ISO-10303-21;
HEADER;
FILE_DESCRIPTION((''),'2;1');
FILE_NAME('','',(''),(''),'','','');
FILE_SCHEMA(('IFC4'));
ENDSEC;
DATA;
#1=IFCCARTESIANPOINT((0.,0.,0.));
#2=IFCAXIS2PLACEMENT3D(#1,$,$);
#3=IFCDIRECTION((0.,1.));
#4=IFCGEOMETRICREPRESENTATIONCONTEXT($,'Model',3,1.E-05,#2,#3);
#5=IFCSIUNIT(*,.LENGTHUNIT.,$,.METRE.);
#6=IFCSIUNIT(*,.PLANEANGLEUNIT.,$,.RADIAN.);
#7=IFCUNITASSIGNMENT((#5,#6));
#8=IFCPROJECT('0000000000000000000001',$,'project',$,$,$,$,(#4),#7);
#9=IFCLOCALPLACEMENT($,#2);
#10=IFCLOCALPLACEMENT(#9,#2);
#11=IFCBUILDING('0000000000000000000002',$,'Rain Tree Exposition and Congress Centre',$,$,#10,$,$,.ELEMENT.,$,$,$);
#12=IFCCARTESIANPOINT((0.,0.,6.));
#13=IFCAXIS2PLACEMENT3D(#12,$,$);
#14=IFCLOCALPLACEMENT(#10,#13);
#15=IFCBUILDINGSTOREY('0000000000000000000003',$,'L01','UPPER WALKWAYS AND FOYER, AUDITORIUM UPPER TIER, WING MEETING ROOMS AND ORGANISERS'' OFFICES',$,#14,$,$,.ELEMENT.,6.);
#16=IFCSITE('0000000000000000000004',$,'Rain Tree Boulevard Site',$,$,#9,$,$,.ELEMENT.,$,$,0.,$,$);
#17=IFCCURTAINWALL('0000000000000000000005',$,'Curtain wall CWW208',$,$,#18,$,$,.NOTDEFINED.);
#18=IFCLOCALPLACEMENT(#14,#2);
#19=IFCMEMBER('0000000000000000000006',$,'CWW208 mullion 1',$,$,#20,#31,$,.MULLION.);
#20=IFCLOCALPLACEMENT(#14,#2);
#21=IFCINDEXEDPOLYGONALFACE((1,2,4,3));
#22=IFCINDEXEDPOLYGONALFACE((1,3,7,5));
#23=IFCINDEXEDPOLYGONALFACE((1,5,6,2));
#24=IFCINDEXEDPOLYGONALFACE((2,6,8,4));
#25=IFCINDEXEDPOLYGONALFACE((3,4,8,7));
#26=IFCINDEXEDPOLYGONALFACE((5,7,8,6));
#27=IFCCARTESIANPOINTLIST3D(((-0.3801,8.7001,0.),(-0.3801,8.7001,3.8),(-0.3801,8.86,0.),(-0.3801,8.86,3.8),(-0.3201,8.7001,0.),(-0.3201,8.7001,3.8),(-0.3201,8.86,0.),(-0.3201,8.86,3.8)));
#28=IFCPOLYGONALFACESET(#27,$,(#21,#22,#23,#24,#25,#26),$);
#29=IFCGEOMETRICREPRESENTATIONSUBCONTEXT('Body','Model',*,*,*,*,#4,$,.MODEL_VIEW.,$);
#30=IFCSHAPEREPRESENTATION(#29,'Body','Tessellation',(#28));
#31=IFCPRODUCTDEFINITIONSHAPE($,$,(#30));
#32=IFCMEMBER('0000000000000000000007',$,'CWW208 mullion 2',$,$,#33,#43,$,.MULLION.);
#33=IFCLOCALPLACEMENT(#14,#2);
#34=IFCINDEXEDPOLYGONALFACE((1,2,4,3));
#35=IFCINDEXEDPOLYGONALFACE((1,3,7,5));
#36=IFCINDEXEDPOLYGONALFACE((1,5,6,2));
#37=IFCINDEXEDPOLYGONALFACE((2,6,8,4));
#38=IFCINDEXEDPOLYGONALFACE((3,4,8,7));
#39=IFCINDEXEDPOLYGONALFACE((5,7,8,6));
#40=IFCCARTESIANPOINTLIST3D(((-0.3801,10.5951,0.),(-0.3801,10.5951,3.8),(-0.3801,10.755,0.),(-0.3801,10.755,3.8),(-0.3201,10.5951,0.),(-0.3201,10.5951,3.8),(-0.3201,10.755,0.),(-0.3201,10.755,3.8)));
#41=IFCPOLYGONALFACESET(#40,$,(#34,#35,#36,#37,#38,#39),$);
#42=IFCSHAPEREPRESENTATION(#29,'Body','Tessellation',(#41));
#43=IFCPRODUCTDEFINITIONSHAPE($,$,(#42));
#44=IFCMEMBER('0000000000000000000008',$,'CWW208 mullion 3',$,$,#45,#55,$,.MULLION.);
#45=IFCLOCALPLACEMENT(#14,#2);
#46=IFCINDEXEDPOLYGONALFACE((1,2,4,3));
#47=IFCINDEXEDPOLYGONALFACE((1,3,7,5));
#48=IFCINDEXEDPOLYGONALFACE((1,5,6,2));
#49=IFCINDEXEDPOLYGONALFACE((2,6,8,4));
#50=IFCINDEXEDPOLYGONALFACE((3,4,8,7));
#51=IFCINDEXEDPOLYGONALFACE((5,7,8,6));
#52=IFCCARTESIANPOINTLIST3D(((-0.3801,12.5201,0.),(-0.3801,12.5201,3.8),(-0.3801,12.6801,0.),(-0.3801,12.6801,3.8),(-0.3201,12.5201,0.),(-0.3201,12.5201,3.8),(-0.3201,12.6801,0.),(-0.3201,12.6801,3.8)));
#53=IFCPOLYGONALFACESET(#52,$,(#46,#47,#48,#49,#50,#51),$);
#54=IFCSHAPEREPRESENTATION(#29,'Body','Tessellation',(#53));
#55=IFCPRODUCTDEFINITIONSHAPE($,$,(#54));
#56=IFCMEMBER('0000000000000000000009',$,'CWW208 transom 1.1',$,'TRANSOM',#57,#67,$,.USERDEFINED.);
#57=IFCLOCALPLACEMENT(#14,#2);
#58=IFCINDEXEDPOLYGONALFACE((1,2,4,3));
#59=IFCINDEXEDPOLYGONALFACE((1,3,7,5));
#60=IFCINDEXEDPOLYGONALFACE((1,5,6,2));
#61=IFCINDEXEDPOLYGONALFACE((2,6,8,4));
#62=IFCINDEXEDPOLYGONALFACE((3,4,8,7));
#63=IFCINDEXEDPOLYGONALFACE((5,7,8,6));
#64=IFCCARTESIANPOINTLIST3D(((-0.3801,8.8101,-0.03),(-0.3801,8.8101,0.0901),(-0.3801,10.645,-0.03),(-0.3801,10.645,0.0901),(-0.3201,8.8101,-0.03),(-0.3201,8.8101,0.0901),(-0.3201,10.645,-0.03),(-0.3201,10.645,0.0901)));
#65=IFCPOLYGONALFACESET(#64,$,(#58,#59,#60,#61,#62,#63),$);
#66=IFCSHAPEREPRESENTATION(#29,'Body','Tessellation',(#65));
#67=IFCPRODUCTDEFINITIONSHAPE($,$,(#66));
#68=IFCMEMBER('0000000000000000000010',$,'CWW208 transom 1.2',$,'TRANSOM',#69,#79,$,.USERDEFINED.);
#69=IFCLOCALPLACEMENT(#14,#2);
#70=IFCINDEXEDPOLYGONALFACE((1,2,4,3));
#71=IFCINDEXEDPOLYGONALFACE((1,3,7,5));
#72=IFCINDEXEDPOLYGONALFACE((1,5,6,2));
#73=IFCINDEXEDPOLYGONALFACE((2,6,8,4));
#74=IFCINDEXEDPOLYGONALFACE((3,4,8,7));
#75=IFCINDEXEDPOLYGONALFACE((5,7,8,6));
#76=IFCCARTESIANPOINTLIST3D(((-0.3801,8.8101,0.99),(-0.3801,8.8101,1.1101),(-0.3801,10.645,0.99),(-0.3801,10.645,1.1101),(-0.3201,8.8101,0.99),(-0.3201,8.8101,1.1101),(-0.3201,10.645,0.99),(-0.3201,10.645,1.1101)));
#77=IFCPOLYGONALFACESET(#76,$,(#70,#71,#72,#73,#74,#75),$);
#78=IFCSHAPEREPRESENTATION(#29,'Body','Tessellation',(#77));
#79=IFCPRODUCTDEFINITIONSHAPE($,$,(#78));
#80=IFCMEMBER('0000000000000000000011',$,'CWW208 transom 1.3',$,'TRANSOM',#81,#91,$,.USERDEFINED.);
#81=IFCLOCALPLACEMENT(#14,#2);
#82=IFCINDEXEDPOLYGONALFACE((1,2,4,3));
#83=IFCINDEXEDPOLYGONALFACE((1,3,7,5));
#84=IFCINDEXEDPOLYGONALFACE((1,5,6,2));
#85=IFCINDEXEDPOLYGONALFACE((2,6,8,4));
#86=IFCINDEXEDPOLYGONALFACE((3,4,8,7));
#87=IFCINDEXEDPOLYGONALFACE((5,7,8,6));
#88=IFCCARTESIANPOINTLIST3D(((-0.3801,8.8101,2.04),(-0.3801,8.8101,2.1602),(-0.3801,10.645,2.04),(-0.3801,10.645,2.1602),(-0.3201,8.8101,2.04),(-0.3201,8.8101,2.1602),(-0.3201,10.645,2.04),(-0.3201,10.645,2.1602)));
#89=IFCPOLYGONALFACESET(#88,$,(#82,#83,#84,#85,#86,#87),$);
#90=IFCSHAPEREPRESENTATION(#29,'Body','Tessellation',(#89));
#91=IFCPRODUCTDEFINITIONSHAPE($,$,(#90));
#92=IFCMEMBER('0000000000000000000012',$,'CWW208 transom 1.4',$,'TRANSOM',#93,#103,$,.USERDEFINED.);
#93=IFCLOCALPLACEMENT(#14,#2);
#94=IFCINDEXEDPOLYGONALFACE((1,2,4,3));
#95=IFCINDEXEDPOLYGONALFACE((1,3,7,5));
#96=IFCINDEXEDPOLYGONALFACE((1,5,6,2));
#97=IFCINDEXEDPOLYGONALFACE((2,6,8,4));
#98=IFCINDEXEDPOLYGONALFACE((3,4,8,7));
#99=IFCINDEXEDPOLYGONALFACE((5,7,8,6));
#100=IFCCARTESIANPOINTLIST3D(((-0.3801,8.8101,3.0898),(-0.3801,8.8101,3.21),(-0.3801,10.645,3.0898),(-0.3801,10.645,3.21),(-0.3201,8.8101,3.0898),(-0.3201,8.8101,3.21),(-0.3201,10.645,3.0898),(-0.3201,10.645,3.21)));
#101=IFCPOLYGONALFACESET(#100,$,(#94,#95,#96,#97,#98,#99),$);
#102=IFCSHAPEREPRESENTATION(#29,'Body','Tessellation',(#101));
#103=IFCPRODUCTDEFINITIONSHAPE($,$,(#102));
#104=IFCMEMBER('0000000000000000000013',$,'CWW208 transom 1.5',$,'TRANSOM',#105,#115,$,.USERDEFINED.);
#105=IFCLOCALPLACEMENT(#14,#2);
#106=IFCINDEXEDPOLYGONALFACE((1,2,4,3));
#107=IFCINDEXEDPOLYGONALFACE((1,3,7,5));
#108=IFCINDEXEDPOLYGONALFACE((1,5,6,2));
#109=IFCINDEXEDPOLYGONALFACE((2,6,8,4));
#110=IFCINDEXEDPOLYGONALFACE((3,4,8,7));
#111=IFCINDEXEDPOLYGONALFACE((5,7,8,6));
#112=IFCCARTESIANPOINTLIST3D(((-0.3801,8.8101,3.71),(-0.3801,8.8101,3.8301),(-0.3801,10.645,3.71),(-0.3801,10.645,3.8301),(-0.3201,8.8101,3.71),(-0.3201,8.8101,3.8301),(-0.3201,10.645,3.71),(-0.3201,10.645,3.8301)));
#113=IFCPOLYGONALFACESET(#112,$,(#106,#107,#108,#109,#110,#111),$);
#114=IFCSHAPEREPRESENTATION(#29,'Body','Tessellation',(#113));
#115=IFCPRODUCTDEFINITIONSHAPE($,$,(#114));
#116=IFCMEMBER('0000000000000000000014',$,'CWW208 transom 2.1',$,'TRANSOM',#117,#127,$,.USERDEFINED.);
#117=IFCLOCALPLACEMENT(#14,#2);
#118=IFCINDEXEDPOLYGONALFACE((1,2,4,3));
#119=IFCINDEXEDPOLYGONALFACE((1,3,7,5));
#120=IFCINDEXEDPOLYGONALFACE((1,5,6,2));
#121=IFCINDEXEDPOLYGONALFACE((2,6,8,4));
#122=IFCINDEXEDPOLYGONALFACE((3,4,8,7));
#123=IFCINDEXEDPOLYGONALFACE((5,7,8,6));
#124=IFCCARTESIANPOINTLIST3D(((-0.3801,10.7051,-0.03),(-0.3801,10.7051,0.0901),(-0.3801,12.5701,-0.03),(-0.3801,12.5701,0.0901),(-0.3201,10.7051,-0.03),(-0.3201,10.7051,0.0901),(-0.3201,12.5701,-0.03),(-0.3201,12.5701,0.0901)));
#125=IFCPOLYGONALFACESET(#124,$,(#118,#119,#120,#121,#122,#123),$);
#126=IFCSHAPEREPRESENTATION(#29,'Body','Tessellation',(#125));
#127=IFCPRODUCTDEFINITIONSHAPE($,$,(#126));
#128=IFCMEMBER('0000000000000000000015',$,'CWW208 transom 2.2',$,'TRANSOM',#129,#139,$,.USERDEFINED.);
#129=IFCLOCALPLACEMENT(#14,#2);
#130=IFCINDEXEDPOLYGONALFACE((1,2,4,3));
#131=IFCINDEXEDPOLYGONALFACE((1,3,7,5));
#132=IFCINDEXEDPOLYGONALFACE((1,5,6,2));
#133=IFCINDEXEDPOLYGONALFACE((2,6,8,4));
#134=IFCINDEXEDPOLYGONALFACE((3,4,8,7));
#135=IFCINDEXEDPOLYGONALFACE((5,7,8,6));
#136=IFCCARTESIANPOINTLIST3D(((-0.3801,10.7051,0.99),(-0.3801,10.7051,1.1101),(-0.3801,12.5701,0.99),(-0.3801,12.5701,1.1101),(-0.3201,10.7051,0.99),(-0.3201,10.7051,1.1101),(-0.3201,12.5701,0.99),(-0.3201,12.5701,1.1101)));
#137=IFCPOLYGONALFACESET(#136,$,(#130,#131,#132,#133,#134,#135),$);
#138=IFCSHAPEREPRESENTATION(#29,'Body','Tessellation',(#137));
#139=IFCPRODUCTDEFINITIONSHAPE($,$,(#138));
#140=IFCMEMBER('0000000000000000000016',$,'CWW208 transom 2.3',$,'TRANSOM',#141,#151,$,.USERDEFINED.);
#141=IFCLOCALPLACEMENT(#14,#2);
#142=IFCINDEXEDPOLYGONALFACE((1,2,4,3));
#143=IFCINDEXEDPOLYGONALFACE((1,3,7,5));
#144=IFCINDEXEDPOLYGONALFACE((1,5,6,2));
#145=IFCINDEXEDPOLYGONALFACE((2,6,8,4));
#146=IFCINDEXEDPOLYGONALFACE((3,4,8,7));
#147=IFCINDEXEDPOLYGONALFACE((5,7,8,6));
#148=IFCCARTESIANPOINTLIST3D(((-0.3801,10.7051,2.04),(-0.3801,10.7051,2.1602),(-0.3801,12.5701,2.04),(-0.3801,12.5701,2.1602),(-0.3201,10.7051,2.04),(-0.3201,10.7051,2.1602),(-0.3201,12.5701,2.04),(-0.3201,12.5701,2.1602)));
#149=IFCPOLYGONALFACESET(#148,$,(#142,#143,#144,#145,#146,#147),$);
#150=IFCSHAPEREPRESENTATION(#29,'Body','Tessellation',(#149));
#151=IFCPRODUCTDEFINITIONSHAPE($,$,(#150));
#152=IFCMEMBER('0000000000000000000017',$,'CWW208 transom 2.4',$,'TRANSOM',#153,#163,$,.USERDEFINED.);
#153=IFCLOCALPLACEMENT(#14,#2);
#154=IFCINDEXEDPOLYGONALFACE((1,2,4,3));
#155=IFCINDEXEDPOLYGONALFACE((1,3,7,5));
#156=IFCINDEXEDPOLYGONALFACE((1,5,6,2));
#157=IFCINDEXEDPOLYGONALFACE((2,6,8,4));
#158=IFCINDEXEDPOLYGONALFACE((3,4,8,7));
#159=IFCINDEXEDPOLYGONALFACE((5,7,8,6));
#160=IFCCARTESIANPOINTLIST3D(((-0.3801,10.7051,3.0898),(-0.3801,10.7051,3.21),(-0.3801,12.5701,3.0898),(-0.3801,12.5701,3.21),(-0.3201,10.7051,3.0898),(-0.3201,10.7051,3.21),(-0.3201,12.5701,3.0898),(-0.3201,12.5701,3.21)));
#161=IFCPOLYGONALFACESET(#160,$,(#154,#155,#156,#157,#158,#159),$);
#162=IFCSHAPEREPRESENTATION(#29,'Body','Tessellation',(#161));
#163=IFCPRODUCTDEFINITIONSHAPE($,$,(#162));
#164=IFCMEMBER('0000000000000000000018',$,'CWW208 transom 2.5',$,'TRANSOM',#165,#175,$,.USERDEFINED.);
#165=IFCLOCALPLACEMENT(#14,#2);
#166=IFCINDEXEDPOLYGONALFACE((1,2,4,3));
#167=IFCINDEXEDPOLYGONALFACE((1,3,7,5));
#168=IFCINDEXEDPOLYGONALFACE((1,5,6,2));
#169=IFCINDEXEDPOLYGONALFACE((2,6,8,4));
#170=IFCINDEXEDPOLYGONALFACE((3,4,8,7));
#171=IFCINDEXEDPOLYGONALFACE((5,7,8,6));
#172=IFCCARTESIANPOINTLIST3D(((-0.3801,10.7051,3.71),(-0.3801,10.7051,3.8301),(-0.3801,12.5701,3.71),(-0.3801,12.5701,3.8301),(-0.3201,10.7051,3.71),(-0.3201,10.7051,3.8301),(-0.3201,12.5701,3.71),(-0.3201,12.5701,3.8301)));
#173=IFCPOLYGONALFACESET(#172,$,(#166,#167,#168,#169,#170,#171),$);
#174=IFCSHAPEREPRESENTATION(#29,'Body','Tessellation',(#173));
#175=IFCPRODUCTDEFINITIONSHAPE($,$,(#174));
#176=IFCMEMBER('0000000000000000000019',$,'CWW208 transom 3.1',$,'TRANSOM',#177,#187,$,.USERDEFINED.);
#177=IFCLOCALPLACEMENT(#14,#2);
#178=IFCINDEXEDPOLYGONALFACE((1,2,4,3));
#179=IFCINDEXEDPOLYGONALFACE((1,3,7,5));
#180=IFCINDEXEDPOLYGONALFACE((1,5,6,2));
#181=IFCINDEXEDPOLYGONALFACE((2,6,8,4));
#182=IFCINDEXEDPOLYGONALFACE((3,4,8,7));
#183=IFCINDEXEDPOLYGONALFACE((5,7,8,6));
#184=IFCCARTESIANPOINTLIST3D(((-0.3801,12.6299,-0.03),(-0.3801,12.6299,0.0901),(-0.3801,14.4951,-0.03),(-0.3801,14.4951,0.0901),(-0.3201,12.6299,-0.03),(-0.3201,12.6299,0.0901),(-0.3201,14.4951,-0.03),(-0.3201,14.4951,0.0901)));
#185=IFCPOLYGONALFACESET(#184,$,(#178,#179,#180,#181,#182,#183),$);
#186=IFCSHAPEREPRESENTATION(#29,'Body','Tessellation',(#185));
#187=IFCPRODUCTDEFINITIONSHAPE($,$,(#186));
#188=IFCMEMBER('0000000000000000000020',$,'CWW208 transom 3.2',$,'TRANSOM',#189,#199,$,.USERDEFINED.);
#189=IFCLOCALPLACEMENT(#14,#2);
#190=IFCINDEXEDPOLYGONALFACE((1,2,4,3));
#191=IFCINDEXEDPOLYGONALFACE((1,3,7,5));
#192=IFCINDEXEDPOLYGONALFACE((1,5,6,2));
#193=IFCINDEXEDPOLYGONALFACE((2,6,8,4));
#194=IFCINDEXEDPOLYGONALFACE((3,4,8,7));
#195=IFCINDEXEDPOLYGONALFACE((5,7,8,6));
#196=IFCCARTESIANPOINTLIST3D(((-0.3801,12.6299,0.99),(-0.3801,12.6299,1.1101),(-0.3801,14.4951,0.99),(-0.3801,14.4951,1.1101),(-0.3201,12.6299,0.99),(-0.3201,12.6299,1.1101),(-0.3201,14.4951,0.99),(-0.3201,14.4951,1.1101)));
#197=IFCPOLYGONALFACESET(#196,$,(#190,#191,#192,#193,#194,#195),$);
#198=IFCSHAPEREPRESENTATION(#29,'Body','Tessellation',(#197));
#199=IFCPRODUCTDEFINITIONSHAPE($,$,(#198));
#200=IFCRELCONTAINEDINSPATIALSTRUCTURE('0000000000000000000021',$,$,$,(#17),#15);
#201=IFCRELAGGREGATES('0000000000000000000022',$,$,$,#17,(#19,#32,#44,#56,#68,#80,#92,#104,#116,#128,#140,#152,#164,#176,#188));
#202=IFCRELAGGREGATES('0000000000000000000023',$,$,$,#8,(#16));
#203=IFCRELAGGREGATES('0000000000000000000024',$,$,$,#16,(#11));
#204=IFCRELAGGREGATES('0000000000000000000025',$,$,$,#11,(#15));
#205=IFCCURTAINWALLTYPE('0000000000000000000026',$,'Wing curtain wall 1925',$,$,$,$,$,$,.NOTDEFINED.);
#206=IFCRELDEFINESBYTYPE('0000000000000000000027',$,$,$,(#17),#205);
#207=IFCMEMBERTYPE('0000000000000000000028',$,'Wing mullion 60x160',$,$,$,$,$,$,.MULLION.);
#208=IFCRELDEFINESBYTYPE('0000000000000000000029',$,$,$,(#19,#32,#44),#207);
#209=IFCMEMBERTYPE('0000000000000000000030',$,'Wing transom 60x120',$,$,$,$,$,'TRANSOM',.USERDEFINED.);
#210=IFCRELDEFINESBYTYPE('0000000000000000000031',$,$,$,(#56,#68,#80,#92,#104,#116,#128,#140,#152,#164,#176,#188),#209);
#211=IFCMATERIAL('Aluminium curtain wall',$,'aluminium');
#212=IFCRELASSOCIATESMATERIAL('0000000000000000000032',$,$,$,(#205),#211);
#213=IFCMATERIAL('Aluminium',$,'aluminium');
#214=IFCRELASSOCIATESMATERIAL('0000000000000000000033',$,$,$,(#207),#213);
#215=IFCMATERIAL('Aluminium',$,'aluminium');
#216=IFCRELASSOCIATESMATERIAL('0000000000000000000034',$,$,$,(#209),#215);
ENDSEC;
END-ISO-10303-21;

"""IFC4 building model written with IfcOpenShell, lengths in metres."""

from ifc_helpers import new_model, si_unit, direction, frame, origin, origin_2d, place, context, subcontext, project, spatial, rectangle, extrude, material, material_profile, profile_set, type_object, element, aggregate, save


model = new_model("IFC4")

# Units and contexts
model_context = context("Model", 3, precision=1e-05, world=origin(), true_north=direction((0.0, 1.0)))
body_context = subcontext(model_context, "Body", "Model", "MODEL_VIEW")
ifc_project = project(units=[si_unit("LENGTHUNIT", "METRE"), si_unit("PLANEANGLEUNIT", "RADIAN")], contexts=[model_context])

# Site, building, storey
site_placement = place(None, origin())
site = spatial("IfcSite", under=ifc_project, at=site_placement, Name="Rain Tree Boulevard Site", CompositionType="ELEMENT", RefElevation=0.0)
building_placement = place(site_placement, origin())
building = spatial("IfcBuilding", under=site, at=building_placement, Name="Rain Tree Exposition and Congress Centre", CompositionType="ELEMENT")
storey_placement = place(building_placement, frame((0.0, 0.0, 6.0)))
storey = spatial("IfcBuildingStorey", under=building, at=storey_placement, Name="L01", Description="UPPER WALKWAYS AND FOYER, AUDITORIUM UPPER TIER, WING MEETING ROOMS AND ORGANISERS' OFFICES", CompositionType="ELEMENT", Elevation=6.0)

# Curtain wall, members
ifc_material_1 = material(Name="Aluminium curtain wall", Category="aluminium")
curtain_wall_type = type_object("IfcCurtainWallType", Name="Wing curtain wall 1925", PredefinedType="NOTDEFINED", material=ifc_material_1)
curtain_wall_placement = place(storey_placement, origin())
curtain_wall = element("IfcCurtainWall", 1, at=curtain_wall_placement, inside=storey, type_object=curtain_wall_type, Name="Curtain wall CWW208", PredefinedType="NOTDEFINED")
ifc_material_2 = material(Name="Aluminium", Category="aluminium")
ifc_material_profile_1 = material_profile(ifc_material_2, rectangle(XDim=0.0601, YDim=0.1599, at=origin_2d()), Name="Aluminium 60x160")
ifc_profile_set_1 = profile_set([ifc_material_profile_1], Name="Aluminium")
member_type_1 = type_object("IfcMemberType", Name="Wing mullion 60x160", PredefinedType="MULLION", material=ifc_profile_set_1)
member_1_placement = place(storey_placement, frame((-0.3501, 8.78, 0.0), z_axis=(0.0, 0.0, 1.0), x_axis=(-1.0, 0.0, 0.0)))
member_1 = element("IfcMember", 2, at=member_1_placement, type_object=member_type_1, Name="CWW208 mullion 1", PredefinedType="MULLION", context=body_context, shape_type="SweptSolid", body=[
    extrude(rectangle(XDim=0.0601, YDim=0.1599, at=origin_2d()), origin(), (0.0, 0.0, 1.0), 3.8),
])
member_2_placement = place(storey_placement, frame((-0.3501, 10.675, 0.0), z_axis=(0.0, 0.0, 1.0), x_axis=(-1.0, 0.0, 0.0)))
member_2 = element("IfcMember", 3, at=member_2_placement, type_object=member_type_1, Name="CWW208 mullion 2", PredefinedType="MULLION", context=body_context, shape_type="SweptSolid", body=[
    extrude(rectangle(XDim=0.0601, YDim=0.1599, at=origin_2d()), origin(), (0.0, 0.0, 1.0), 3.8),
])
member_3_placement = place(storey_placement, frame((-0.3501, 12.6001, 0.0), z_axis=(0.0, 0.0, 1.0), x_axis=(-1.0, 0.0, 0.0)))
member_3 = element("IfcMember", 4, at=member_3_placement, type_object=member_type_1, Name="CWW208 mullion 3", PredefinedType="MULLION", context=body_context, shape_type="SweptSolid", body=[
    extrude(rectangle(XDim=0.0601, YDim=0.1599, at=origin_2d()), origin(), (0.0, 0.0, 1.0), 3.8),
])
ifc_material_3 = material(Name="Aluminium", Category="aluminium")
ifc_material_profile_2 = material_profile(ifc_material_3, rectangle(XDim=0.0601, YDim=0.1201, at=origin_2d()), Name="Aluminium 60x120")
ifc_profile_set_2 = profile_set([ifc_material_profile_2], Name="Aluminium")
member_type_2 = type_object("IfcMemberType", Name="Wing transom 60x120", ElementType="TRANSOM", PredefinedType="USERDEFINED", material=ifc_profile_set_2)
member_4_placement = place(storey_placement, frame((-0.3501, 8.8101, 0.03), z_axis=(0.0, 1.0, 0.0), x_axis=(-1.0, 0.0, 0.0)))
member_4 = element("IfcMember", 5, at=member_4_placement, type_object=member_type_2, Name="CWW208 transom 1.1", ObjectType="TRANSOM", PredefinedType="USERDEFINED", context=body_context, shape_type="SweptSolid", body=[
    extrude(rectangle(XDim=0.0601, YDim=0.1201, at=origin_2d()), origin(), (0.0, 0.0, 1.0), 1.835),
])
member_5_placement = place(storey_placement, frame((-0.3501, 8.8101, 1.05), z_axis=(0.0, 1.0, 0.0), x_axis=(-1.0, 0.0, 0.0)))
member_5 = element("IfcMember", 6, at=member_5_placement, type_object=member_type_2, Name="CWW208 transom 1.2", ObjectType="TRANSOM", PredefinedType="USERDEFINED", context=body_context, shape_type="SweptSolid", body=[
    extrude(rectangle(XDim=0.0601, YDim=0.1201, at=origin_2d()), origin(), (0.0, 0.0, 1.0), 1.835),
])
member_6_placement = place(storey_placement, frame((-0.3501, 8.8101, 2.1001), z_axis=(0.0, 1.0, 0.0), x_axis=(-1.0, 0.0, 0.0)))
member_6 = element("IfcMember", 7, at=member_6_placement, type_object=member_type_2, Name="CWW208 transom 1.3", ObjectType="TRANSOM", PredefinedType="USERDEFINED", context=body_context, shape_type="SweptSolid", body=[
    extrude(rectangle(XDim=0.0601, YDim=0.1201, at=origin_2d()), origin(), (0.0, 0.0, 1.0), 1.835),
])
member_7_placement = place(storey_placement, frame((-0.3501, 8.8101, 3.1499), z_axis=(0.0, 1.0, 0.0), x_axis=(-1.0, 0.0, 0.0)))
member_7 = element("IfcMember", 8, at=member_7_placement, type_object=member_type_2, Name="CWW208 transom 1.4", ObjectType="TRANSOM", PredefinedType="USERDEFINED", context=body_context, shape_type="SweptSolid", body=[
    extrude(rectangle(XDim=0.0601, YDim=0.1201, at=origin_2d()), origin(), (0.0, 0.0, 1.0), 1.835),
])
member_8_placement = place(storey_placement, frame((-0.3501, 8.8101, 3.77), z_axis=(0.0, 1.0, 0.0), x_axis=(-1.0, 0.0, 0.0)))
member_8 = element("IfcMember", 9, at=member_8_placement, type_object=member_type_2, Name="CWW208 transom 1.5", ObjectType="TRANSOM", PredefinedType="USERDEFINED", context=body_context, shape_type="SweptSolid", body=[
    extrude(rectangle(XDim=0.0601, YDim=0.1201, at=origin_2d()), origin(), (0.0, 0.0, 1.0), 1.835),
])
member_9_placement = place(storey_placement, frame((-0.3501, 10.7051, 0.03), z_axis=(0.0, 1.0, 0.0), x_axis=(-1.0, 0.0, 0.0)))
member_9 = element("IfcMember", 10, at=member_9_placement, type_object=member_type_2, Name="CWW208 transom 2.1", ObjectType="TRANSOM", PredefinedType="USERDEFINED", context=body_context, shape_type="SweptSolid", body=[
    extrude(rectangle(XDim=0.0601, YDim=0.1201, at=origin_2d()), origin(), (0.0, 0.0, 1.0), 1.865),
])
member_10_placement = place(storey_placement, frame((-0.3501, 10.7051, 1.05), z_axis=(0.0, 1.0, 0.0), x_axis=(-1.0, 0.0, 0.0)))
member_10 = element("IfcMember", 11, at=member_10_placement, type_object=member_type_2, Name="CWW208 transom 2.2", ObjectType="TRANSOM", PredefinedType="USERDEFINED", context=body_context, shape_type="SweptSolid", body=[
    extrude(rectangle(XDim=0.0601, YDim=0.1201, at=origin_2d()), origin(), (0.0, 0.0, 1.0), 1.865),
])
member_11_placement = place(storey_placement, frame((-0.3501, 10.7051, 2.1001), z_axis=(0.0, 1.0, 0.0), x_axis=(-1.0, 0.0, 0.0)))
member_11 = element("IfcMember", 12, at=member_11_placement, type_object=member_type_2, Name="CWW208 transom 2.3", ObjectType="TRANSOM", PredefinedType="USERDEFINED", context=body_context, shape_type="SweptSolid", body=[
    extrude(rectangle(XDim=0.0601, YDim=0.1201, at=origin_2d()), origin(), (0.0, 0.0, 1.0), 1.865),
])
member_12_placement = place(storey_placement, frame((-0.3501, 10.7051, 3.1499), z_axis=(0.0, 1.0, 0.0), x_axis=(-1.0, 0.0, 0.0)))
member_12 = element("IfcMember", 13, at=member_12_placement, type_object=member_type_2, Name="CWW208 transom 2.4", ObjectType="TRANSOM", PredefinedType="USERDEFINED", context=body_context, shape_type="SweptSolid", body=[
    extrude(rectangle(XDim=0.0601, YDim=0.1201, at=origin_2d()), origin(), (0.0, 0.0, 1.0), 1.865),
])
member_13_placement = place(storey_placement, frame((-0.3501, 10.7051, 3.77), z_axis=(0.0, 1.0, 0.0), x_axis=(-1.0, 0.0, 0.0)))
member_13 = element("IfcMember", 14, at=member_13_placement, type_object=member_type_2, Name="CWW208 transom 2.5", ObjectType="TRANSOM", PredefinedType="USERDEFINED", context=body_context, shape_type="SweptSolid", body=[
    extrude(rectangle(XDim=0.0601, YDim=0.1201, at=origin_2d()), origin(), (0.0, 0.0, 1.0), 1.865),
])
member_14_placement = place(storey_placement, frame((-0.3501, 12.6299, 0.03), z_axis=(0.0, 1.0, 0.0), x_axis=(-1.0, 0.0, 0.0)))
member_14 = element("IfcMember", 15, at=member_14_placement, type_object=member_type_2, Name="CWW208 transom 3.1", ObjectType="TRANSOM", PredefinedType="USERDEFINED", context=body_context, shape_type="SweptSolid", body=[
    extrude(rectangle(XDim=0.0601, YDim=0.1201, at=origin_2d()), origin(), (0.0, 0.0, 1.0), 1.8652),
])
member_15_placement = place(storey_placement, frame((-0.3501, 12.6299, 1.05), z_axis=(0.0, 1.0, 0.0), x_axis=(-1.0, 0.0, 0.0)))
member_15 = element("IfcMember", 16, at=member_15_placement, type_object=member_type_2, Name="CWW208 transom 3.2", ObjectType="TRANSOM", PredefinedType="USERDEFINED", context=body_context, shape_type="SweptSolid", body=[
    extrude(rectangle(XDim=0.0601, YDim=0.1201, at=origin_2d()), origin(), (0.0, 0.0, 1.0), 1.8652),
])
aggregate(curtain_wall, [member_1, member_2, member_3, member_4, member_5, member_6, member_7, member_8, member_9, member_10, member_11, member_12, member_13, member_14, member_15])

save(model, "model.ifc")
